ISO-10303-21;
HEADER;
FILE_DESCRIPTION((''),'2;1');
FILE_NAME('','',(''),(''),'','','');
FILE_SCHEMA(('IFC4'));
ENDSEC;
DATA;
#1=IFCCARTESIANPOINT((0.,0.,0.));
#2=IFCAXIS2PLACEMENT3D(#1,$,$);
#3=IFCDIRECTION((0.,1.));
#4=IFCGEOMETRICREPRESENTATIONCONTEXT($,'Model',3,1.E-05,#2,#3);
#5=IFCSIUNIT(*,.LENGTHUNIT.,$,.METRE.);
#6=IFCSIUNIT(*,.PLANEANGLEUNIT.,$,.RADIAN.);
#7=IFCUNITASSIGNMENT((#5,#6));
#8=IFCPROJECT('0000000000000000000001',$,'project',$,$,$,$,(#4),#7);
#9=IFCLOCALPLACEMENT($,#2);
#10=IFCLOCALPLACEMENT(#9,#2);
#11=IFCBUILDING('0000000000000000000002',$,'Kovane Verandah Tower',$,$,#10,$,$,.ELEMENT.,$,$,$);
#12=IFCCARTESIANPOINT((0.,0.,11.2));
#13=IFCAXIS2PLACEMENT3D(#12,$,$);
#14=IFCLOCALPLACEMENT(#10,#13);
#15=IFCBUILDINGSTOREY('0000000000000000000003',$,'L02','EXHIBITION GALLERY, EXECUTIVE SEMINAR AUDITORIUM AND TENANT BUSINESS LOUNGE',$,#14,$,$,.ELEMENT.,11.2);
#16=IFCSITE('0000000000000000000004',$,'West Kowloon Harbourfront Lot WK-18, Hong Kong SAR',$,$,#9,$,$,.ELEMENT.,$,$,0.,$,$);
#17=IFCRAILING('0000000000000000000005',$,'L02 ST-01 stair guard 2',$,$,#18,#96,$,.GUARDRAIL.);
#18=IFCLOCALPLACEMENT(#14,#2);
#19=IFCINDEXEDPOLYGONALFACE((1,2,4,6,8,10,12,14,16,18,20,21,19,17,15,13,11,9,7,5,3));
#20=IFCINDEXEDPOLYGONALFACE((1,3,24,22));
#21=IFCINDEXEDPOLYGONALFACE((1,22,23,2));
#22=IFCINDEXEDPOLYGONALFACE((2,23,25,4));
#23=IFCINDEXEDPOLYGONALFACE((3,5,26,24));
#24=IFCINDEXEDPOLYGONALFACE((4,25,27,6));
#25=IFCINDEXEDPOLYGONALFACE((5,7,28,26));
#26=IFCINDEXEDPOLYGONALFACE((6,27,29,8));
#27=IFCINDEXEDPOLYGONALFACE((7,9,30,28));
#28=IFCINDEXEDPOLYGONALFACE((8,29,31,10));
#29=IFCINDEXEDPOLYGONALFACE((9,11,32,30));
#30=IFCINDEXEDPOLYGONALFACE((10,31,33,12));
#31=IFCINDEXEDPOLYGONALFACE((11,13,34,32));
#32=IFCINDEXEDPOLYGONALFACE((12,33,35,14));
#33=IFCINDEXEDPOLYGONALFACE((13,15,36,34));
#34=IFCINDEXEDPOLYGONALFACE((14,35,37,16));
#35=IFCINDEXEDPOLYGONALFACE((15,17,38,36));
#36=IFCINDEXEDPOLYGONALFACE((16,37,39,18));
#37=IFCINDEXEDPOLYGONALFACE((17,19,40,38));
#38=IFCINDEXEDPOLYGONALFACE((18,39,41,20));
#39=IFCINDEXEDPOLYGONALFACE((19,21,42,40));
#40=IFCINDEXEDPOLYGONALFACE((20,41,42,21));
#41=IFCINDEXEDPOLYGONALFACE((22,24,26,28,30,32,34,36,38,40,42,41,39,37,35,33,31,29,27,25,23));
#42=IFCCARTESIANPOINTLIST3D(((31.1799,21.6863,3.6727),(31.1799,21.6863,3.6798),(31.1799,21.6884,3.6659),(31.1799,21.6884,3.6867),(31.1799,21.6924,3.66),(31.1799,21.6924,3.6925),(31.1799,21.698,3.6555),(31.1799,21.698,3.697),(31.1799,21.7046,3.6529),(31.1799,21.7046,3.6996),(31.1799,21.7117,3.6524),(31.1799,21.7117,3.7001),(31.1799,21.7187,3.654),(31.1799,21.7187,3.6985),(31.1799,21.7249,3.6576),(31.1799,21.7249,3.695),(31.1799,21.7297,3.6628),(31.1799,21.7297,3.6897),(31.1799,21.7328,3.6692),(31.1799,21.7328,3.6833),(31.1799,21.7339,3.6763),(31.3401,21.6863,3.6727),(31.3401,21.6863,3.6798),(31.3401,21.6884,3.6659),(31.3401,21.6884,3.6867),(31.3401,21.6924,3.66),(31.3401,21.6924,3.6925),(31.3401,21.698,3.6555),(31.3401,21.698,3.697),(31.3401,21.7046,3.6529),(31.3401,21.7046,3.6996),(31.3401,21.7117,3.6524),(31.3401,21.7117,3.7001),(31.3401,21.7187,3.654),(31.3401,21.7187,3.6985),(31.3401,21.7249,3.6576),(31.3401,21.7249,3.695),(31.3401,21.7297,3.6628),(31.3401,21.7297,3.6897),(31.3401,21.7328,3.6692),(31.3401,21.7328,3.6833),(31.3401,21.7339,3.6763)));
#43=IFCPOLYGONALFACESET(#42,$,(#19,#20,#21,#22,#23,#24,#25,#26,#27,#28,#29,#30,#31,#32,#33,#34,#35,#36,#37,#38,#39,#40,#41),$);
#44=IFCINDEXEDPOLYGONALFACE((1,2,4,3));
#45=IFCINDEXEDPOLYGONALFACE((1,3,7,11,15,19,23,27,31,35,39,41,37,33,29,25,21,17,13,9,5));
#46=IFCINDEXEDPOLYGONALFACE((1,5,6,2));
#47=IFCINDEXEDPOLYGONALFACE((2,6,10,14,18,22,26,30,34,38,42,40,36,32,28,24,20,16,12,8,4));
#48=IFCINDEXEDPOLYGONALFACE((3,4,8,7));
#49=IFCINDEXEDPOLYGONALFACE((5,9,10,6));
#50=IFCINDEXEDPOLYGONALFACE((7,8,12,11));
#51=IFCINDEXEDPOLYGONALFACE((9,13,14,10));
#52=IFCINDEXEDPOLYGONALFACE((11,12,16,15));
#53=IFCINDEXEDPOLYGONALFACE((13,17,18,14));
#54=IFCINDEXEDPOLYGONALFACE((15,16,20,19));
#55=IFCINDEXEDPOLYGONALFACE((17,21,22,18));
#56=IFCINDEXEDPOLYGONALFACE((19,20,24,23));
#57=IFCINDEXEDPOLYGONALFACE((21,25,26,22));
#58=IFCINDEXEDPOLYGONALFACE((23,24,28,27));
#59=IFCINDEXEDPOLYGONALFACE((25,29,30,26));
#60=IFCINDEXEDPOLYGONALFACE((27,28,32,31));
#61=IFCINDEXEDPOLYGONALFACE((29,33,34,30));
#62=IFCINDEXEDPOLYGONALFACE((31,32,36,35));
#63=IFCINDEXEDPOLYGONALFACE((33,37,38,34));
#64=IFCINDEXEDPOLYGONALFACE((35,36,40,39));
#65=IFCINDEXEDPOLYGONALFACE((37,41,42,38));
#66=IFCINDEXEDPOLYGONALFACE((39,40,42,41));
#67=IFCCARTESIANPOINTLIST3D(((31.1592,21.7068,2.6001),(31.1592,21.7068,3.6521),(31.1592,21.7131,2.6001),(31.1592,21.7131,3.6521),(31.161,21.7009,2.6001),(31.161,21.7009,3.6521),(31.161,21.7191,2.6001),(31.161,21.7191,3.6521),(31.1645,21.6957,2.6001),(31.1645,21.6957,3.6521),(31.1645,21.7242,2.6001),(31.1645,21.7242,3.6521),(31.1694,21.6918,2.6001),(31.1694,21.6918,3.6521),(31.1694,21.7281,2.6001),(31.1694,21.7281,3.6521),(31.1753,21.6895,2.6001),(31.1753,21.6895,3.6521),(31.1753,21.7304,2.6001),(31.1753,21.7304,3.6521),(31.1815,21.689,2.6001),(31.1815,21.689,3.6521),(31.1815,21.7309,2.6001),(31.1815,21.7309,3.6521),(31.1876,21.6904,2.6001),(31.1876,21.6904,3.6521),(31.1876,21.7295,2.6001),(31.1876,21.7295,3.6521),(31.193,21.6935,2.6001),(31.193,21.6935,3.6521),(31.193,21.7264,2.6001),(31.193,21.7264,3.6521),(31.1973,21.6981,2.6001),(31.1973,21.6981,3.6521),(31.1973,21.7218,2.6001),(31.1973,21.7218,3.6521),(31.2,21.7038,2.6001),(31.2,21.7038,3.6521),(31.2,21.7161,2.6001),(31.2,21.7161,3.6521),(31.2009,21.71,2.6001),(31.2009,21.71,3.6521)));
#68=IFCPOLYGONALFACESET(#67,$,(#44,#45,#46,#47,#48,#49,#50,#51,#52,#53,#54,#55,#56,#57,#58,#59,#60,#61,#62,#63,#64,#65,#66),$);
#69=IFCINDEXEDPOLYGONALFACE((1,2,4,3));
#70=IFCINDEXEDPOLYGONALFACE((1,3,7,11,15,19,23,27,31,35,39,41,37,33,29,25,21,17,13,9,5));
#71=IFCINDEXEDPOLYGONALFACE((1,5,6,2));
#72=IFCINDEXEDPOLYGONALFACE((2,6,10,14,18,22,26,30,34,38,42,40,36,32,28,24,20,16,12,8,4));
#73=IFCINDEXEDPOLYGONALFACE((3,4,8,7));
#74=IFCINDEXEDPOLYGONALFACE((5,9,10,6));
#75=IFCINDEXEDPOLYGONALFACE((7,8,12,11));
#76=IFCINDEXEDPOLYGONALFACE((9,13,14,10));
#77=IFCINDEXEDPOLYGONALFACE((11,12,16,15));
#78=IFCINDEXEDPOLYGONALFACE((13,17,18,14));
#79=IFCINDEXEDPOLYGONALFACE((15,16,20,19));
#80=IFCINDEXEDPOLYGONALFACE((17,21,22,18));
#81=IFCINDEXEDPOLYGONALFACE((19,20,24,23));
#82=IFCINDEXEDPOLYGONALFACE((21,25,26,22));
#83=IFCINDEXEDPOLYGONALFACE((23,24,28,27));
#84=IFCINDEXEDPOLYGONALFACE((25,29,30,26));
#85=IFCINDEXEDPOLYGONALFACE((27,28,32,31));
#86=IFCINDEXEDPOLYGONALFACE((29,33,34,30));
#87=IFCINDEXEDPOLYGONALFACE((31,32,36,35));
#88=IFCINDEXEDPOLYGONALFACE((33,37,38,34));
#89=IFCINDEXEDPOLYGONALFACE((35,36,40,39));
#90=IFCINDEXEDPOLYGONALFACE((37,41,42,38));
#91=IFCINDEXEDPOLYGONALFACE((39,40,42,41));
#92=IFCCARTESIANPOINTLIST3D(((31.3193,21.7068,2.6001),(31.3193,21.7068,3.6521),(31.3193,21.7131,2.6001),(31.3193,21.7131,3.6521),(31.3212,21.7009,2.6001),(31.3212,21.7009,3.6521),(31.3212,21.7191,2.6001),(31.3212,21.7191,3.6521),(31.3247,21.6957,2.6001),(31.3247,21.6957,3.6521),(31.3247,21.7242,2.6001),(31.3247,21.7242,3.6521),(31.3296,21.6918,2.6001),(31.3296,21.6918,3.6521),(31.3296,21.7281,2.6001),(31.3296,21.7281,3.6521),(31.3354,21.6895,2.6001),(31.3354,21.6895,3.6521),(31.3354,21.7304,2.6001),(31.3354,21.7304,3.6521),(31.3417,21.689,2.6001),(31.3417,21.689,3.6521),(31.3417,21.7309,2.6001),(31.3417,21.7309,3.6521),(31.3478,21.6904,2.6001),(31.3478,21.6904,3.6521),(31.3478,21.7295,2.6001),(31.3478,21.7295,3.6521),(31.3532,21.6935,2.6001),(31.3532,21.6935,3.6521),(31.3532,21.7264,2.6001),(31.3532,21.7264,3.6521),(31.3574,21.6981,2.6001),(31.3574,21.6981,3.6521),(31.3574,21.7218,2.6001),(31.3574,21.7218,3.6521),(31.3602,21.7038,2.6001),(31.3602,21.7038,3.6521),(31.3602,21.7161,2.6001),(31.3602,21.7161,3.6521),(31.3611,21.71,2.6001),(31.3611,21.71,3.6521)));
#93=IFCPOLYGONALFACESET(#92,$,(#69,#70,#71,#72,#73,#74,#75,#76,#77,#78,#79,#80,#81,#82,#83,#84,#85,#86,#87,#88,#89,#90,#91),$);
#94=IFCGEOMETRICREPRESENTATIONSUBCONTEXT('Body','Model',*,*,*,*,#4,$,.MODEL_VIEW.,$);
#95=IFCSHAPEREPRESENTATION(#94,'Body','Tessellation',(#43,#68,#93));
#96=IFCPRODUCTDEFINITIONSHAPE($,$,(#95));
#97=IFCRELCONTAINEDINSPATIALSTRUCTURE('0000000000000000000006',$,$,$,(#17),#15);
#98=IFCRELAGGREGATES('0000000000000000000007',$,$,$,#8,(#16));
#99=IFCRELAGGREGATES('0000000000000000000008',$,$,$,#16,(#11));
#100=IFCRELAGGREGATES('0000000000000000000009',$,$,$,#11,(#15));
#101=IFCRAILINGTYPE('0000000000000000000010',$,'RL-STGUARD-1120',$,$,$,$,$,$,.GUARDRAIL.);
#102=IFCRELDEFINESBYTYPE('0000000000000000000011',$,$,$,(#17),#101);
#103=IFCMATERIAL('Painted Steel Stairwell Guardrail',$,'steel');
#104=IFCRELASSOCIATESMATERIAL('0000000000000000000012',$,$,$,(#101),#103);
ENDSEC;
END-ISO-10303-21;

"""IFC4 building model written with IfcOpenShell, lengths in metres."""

from ifc_helpers import new_model, si_unit, direction, frame, origin, origin_2d, place, context, subcontext, project, spatial, circle, extrude, material, type_object, element, save


model = new_model("IFC4")

# Units and contexts
model_context = context("Model", 3, precision=1e-05, world=origin(), true_north=direction((0.0, 1.0)))
body_context = subcontext(model_context, "Body", "Model", "MODEL_VIEW")
ifc_project = project(units=[si_unit("LENGTHUNIT", "METRE"), si_unit("PLANEANGLEUNIT", "RADIAN")], contexts=[model_context])

# Site, building, storey
site_placement = place(None, origin())
site = spatial("IfcSite", under=ifc_project, at=site_placement, Name="West Kowloon Harbourfront Lot WK-18, Hong Kong SAR", CompositionType="ELEMENT", RefElevation=0.0)
building_placement = place(site_placement, origin())
building = spatial("IfcBuilding", under=site, at=building_placement, Name="Kovane Verandah Tower", CompositionType="ELEMENT")
storey_placement = place(building_placement, frame((0.0, 0.0, 11.2)))
storey = spatial("IfcBuildingStorey", under=building, at=storey_placement, Name="L02", Description="EXHIBITION GALLERY, EXECUTIVE SEMINAR AUDITORIUM AND TENANT BUSINESS LOUNGE", CompositionType="ELEMENT", Elevation=11.2)

# Railing
ifc_material_1 = material(Name="Painted Steel Stairwell Guardrail", Category="steel")
railing_type_1 = type_object("IfcRailingType", Name="RL-STGUARD-1120", PredefinedType="GUARDRAIL", material=ifc_material_1)
railing_1_placement = place(storey_placement, frame((31.1799, 21.71, 2.6001)))
element("IfcRailing", 1, at=railing_1_placement, inside=storey, type_object=railing_type_1, Name="L02 ST-01 stair guard 2", PredefinedType="GUARDRAIL", context=body_context, shape_type="SweptSolid", body=[
    extrude(circle(Radius=0.0239, at=origin_2d()), frame((0.0, 0.0, 1.0762), z_axis=(1.0, 0.0, 0.0), x_axis=(0.0, 1.0, 0.0)), (0.0, 0.0, 1.0), 0.1602),
    extrude(circle(Radius=0.021, at=origin_2d()), origin(), (0.0, 0.0, 1.0), 1.052),
    extrude(circle(Radius=0.021, at=origin_2d()), frame((0.1602, 0.0, 0.0)), (0.0, 0.0, 1.0), 1.052),
])

save(model, "model.ifc")
